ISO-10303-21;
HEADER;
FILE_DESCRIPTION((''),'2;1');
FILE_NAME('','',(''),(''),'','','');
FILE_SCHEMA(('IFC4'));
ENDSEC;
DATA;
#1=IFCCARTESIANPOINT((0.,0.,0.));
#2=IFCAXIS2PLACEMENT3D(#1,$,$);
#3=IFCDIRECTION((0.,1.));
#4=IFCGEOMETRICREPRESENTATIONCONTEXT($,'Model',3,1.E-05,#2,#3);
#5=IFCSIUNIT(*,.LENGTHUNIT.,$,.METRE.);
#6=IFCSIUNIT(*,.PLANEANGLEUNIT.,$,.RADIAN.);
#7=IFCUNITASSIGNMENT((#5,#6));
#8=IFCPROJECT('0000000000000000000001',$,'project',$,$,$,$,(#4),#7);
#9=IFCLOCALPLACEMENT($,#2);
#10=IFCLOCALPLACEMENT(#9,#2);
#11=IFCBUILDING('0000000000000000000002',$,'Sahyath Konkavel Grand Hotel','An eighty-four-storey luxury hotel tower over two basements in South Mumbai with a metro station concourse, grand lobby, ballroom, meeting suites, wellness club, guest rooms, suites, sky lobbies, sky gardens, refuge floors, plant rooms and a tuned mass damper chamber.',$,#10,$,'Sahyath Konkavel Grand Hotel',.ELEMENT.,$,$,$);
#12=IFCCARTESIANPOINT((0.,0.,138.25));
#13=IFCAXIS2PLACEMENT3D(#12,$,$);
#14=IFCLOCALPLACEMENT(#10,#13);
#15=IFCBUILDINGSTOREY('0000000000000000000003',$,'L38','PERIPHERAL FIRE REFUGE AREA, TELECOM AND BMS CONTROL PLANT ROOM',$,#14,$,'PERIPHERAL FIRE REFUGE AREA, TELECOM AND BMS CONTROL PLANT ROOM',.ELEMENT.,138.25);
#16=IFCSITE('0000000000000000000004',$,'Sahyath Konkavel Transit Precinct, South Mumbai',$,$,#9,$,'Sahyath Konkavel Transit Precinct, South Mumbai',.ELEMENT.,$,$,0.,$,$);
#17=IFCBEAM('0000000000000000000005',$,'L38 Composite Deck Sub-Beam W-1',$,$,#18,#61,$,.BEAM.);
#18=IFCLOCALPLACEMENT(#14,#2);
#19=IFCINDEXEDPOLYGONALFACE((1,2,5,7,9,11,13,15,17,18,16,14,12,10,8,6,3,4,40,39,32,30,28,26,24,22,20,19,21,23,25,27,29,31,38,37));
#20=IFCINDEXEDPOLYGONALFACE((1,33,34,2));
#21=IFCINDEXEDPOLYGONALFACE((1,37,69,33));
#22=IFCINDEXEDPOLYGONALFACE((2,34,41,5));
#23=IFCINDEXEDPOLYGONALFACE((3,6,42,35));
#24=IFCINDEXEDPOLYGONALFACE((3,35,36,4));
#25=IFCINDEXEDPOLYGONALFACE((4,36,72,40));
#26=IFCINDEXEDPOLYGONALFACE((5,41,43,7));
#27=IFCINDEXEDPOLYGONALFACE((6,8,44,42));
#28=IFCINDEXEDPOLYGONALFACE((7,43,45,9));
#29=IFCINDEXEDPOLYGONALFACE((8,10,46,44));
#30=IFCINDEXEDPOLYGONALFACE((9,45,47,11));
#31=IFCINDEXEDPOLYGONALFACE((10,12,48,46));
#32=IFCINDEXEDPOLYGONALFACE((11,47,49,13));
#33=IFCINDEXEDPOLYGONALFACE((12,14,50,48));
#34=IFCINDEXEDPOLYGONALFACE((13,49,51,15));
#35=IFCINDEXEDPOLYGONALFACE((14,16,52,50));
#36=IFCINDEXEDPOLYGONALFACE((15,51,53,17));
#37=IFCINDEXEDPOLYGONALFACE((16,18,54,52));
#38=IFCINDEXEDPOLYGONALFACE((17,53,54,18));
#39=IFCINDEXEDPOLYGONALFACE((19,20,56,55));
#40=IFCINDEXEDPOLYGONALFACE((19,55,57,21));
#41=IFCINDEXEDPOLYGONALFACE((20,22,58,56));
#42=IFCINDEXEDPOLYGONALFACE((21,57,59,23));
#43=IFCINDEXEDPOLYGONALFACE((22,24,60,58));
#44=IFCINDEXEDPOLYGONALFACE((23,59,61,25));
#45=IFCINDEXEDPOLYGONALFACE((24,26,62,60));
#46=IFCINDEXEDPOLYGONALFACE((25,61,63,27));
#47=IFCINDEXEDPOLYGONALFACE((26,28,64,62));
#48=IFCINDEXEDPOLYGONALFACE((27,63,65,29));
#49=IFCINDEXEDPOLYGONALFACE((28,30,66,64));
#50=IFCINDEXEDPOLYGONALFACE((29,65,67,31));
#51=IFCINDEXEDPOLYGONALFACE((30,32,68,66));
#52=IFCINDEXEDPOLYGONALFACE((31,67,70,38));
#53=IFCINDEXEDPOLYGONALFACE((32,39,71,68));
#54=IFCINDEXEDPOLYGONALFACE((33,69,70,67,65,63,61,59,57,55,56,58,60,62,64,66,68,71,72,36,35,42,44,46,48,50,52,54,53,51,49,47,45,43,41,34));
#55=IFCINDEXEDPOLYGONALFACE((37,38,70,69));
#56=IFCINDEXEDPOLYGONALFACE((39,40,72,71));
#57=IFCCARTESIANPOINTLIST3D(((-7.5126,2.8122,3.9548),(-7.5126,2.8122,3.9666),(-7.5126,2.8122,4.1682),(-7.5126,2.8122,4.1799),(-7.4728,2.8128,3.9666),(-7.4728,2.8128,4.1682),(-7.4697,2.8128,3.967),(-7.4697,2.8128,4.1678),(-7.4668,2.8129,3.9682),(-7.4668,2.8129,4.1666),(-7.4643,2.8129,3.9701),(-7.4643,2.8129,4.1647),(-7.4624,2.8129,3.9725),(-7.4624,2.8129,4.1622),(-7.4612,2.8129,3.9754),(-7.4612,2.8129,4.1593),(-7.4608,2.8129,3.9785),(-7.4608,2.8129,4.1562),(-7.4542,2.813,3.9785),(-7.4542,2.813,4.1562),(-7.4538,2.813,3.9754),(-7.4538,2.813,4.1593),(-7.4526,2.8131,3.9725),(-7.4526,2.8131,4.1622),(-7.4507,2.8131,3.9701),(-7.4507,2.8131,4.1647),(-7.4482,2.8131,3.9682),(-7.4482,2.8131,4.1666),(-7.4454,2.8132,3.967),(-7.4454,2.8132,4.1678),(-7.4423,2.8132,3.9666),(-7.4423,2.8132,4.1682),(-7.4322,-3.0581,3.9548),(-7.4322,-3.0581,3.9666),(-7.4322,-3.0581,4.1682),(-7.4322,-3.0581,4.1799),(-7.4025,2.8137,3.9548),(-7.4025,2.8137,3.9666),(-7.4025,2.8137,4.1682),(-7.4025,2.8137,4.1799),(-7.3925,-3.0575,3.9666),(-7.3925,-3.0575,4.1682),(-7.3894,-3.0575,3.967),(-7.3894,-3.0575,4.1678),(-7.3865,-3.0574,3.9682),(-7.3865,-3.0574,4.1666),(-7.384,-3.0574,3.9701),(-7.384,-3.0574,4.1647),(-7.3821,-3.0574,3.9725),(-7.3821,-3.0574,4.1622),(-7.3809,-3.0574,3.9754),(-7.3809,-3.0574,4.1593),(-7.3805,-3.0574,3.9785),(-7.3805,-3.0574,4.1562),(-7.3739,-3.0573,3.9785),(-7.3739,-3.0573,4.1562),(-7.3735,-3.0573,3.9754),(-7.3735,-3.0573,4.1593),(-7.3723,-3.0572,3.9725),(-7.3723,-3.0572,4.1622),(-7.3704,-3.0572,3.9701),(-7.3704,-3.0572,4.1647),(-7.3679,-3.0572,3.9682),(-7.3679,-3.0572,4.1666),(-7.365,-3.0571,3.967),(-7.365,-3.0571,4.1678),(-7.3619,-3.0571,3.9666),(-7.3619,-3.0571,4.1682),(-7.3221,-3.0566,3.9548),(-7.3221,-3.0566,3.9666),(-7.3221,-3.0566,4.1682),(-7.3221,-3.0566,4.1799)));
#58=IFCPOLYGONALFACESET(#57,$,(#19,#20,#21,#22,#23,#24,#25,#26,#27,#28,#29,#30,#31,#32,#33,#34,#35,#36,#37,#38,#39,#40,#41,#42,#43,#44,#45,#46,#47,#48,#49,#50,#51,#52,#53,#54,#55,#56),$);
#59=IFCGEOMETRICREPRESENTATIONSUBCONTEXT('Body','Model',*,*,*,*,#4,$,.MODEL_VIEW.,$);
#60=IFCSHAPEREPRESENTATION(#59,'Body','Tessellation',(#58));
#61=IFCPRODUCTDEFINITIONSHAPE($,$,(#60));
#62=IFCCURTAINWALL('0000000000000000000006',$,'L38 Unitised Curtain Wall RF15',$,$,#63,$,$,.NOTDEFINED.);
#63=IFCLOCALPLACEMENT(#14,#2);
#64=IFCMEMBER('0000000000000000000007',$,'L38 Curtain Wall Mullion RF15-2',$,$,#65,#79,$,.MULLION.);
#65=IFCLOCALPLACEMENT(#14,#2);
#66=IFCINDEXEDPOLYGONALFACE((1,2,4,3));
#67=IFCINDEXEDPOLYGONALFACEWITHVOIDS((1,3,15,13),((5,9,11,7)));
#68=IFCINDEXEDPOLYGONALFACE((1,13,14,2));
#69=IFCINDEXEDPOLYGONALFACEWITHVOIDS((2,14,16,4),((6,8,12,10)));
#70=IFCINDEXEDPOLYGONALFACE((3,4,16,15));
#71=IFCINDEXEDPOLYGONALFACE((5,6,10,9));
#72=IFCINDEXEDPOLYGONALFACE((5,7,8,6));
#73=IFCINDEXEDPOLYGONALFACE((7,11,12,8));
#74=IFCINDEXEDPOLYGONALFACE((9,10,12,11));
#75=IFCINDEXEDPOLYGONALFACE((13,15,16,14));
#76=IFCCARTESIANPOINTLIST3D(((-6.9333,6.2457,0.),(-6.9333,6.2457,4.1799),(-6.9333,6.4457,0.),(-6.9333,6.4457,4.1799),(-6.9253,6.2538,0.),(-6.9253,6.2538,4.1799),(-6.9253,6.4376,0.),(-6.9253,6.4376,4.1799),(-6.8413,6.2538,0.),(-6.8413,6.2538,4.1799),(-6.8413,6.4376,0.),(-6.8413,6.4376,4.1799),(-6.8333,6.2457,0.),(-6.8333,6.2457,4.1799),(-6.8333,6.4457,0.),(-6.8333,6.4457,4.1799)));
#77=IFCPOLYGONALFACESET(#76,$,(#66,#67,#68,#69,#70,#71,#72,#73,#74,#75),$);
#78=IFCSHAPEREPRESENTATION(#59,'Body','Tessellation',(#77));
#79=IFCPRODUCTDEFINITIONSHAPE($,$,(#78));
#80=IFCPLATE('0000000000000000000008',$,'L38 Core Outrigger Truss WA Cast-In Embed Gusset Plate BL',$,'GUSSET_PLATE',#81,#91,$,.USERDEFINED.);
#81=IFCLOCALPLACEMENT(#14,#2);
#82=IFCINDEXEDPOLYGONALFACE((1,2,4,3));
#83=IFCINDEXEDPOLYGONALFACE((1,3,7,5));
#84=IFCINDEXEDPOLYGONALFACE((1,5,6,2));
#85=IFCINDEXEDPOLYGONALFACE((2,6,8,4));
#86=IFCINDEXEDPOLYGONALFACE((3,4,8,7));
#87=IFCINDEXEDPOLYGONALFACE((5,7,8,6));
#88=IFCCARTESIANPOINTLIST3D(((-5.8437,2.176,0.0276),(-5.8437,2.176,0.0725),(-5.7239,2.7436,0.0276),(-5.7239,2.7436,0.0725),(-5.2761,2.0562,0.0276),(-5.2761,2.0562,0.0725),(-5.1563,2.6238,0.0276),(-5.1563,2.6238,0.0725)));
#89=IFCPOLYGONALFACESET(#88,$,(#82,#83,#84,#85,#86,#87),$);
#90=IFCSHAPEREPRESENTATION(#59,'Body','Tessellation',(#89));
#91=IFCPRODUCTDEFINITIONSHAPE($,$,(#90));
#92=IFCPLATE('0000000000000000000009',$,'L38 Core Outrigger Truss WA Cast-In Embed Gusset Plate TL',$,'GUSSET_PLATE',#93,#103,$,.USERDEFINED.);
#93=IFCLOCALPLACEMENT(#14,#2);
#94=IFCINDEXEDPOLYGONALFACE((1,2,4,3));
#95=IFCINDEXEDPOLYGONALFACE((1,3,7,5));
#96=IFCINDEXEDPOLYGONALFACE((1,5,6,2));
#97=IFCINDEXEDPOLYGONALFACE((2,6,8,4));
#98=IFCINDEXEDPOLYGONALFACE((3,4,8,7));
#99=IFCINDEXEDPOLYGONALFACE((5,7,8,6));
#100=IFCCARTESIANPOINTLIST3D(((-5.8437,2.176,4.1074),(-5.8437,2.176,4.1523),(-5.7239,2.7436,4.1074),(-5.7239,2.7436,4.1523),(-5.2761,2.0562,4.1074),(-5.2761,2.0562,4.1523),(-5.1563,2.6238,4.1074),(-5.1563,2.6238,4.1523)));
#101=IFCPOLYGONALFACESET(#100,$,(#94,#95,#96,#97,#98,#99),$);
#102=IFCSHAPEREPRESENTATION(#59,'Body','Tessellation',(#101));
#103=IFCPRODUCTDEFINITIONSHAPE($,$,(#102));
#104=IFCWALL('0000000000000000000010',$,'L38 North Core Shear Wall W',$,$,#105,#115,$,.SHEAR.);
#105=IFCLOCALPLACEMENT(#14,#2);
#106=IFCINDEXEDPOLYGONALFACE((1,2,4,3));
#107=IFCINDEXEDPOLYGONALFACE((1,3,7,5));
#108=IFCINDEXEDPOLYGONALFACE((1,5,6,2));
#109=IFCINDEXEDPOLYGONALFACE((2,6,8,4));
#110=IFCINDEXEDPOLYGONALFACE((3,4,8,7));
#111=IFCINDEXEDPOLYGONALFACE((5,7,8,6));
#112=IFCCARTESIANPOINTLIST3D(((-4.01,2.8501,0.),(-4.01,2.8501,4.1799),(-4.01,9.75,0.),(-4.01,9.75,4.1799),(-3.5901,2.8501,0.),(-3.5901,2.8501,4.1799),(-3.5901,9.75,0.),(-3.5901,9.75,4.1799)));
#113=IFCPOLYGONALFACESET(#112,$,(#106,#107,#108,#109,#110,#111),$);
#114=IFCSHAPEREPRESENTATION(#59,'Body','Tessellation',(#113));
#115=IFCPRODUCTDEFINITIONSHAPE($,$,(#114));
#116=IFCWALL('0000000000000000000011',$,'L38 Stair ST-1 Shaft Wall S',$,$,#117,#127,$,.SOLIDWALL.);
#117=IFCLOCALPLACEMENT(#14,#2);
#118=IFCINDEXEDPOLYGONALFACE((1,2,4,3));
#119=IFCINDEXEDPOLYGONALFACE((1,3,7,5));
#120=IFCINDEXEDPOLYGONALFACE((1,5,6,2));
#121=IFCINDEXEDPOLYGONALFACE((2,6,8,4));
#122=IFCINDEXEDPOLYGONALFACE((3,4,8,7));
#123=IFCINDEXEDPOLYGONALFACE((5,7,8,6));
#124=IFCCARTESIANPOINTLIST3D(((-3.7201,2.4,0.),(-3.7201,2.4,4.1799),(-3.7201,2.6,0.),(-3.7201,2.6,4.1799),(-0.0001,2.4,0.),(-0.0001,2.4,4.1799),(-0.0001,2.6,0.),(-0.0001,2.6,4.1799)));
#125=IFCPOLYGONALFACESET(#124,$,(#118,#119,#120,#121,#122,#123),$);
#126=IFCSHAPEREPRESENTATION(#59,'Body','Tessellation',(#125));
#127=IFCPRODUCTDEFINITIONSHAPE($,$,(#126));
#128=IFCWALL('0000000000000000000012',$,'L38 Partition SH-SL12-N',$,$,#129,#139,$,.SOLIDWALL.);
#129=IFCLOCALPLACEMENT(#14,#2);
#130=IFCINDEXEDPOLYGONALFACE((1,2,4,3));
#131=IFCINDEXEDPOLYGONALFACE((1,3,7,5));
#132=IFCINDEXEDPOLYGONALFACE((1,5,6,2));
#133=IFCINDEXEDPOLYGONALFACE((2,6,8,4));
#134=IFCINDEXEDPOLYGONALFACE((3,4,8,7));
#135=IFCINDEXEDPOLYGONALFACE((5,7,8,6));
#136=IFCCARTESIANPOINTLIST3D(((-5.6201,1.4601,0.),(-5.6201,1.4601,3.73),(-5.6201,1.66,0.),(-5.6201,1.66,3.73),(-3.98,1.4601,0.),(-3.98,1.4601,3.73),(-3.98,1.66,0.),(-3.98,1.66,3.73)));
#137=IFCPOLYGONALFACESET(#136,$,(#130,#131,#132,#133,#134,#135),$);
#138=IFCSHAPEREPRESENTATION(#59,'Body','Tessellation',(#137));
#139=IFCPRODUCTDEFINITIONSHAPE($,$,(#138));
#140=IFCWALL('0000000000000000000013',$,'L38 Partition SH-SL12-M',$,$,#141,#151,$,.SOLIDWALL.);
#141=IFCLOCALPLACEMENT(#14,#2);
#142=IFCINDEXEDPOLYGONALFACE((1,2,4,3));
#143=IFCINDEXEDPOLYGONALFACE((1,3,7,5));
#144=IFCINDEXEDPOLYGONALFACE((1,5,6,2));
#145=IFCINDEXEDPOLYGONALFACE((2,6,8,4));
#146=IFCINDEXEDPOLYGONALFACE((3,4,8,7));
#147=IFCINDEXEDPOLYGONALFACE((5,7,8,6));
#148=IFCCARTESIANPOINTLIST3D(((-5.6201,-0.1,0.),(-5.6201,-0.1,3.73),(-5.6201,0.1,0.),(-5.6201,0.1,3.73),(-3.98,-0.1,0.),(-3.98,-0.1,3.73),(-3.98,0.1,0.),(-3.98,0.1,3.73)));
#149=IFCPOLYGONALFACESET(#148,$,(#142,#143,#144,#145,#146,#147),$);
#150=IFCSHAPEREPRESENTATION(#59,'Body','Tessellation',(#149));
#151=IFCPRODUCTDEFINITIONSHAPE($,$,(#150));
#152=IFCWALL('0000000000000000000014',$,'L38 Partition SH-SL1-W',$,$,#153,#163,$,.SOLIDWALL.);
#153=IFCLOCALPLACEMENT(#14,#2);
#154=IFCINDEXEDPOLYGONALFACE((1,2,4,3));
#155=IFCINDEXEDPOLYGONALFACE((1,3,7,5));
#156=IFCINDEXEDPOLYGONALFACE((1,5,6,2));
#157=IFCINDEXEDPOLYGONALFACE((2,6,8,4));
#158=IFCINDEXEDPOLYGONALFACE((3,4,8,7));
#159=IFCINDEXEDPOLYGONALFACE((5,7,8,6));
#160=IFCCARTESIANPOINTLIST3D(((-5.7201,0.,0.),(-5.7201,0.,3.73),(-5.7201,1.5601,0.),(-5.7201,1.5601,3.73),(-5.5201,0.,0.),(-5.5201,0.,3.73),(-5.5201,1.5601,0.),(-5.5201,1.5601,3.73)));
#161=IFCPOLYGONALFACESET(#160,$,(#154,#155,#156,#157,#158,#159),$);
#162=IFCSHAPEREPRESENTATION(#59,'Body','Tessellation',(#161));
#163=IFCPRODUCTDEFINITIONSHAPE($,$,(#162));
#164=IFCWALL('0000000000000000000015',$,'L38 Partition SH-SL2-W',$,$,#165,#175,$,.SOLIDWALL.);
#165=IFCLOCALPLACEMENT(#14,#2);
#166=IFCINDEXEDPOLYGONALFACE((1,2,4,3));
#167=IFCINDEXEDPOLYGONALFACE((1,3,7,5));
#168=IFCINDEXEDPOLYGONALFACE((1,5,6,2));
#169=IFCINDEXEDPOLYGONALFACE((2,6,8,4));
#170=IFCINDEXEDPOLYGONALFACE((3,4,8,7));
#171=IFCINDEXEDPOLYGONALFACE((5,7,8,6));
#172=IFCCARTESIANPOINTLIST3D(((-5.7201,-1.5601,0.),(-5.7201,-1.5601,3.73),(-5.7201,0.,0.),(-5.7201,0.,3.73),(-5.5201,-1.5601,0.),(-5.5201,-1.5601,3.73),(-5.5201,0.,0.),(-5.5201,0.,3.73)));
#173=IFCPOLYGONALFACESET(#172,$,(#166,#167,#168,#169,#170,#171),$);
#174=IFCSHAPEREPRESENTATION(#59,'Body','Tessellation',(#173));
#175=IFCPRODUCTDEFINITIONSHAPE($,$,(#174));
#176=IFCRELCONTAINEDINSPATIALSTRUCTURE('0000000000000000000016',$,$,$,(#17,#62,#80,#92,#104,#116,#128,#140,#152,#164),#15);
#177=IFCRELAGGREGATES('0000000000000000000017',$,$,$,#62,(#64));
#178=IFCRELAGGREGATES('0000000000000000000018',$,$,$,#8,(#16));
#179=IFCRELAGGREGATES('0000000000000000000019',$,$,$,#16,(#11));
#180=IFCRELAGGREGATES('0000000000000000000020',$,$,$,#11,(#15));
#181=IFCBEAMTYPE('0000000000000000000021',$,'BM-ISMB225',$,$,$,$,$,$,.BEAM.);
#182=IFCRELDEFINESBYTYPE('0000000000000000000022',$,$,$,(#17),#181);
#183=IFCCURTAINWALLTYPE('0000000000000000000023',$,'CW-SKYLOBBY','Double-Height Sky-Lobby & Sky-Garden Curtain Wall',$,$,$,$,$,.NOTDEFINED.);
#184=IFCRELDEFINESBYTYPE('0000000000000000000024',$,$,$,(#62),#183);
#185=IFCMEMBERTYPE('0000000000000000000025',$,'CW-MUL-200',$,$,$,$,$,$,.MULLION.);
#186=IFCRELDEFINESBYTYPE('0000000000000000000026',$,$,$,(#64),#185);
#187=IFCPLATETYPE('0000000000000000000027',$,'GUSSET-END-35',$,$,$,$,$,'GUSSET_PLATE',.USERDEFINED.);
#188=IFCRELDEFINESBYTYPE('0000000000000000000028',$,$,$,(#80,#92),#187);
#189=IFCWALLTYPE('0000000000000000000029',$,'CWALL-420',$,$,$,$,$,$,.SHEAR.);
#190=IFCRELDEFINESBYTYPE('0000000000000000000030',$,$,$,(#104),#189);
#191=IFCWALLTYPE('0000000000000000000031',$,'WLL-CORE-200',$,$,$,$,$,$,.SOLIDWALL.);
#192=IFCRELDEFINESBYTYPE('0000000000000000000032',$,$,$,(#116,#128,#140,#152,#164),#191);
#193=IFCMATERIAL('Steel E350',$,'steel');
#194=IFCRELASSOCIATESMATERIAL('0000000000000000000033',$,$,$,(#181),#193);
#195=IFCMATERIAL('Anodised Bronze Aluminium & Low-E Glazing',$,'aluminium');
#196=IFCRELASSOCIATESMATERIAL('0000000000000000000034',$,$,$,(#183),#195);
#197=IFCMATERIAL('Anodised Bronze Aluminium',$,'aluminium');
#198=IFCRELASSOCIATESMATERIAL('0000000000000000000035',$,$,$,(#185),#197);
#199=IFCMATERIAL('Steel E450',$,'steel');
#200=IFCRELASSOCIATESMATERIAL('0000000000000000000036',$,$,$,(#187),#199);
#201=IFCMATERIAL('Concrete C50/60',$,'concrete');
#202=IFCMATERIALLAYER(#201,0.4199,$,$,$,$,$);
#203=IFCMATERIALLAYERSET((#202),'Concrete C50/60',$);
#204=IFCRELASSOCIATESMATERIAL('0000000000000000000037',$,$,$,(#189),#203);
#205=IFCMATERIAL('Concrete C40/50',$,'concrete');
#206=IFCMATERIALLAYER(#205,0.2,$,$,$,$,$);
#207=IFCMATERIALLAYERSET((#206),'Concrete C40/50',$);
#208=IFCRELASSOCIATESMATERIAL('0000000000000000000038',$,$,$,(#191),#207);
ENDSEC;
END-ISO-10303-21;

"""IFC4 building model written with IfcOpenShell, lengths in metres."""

from ifc_helpers import new_model, si_unit, direction, frame, frame_2d, origin, origin_2d, place, context, subcontext, project, spatial, rectangle, hollow_rectangle, i_section, extrude, source, transform, mapped, material, layer, layer_set, material_profile, profile_set, type_object, element, aggregate, save


model = new_model("IFC4")

# Units and contexts
model_context = context("Model", 3, precision=1e-05, world=origin(), true_north=direction((0.0, 1.0)))
body_context = subcontext(model_context, "Body", "Model", "MODEL_VIEW")
ifc_project = project(units=[si_unit("LENGTHUNIT", "METRE"), si_unit("PLANEANGLEUNIT", "RADIAN")], contexts=[model_context])

# Site, building, storey
site_placement = place(None, origin())
site = spatial("IfcSite", under=ifc_project, at=site_placement, Name="Sahyath Konkavel Transit Precinct, South Mumbai", LongName="Sahyath Konkavel Transit Precinct, South Mumbai", CompositionType="ELEMENT", RefElevation=0.0)
building_placement = place(site_placement, origin())
building = spatial("IfcBuilding", under=site, at=building_placement, Name="Sahyath Konkavel Grand Hotel", Description="An eighty-four-storey luxury hotel tower over two basements in South Mumbai with a metro station concourse, grand lobby, ballroom, meeting suites, wellness club, guest rooms, suites, sky lobbies, sky gardens, refuge floors, plant rooms and a tuned mass damper chamber.", LongName="Sahyath Konkavel Grand Hotel", CompositionType="ELEMENT")
storey_placement = place(building_placement, frame((0.0, 0.0, 138.25)))
storey = spatial("IfcBuildingStorey", under=building, at=storey_placement, Name="L38", Description="PERIPHERAL FIRE REFUGE AREA, TELECOM AND BMS CONTROL PLANT ROOM", LongName="PERIPHERAL FIRE REFUGE AREA, TELECOM AND BMS CONTROL PLANT ROOM", CompositionType="ELEMENT", Elevation=138.25)

# Shared definitions
ifc_material_1 = material(Name="Concrete C50/60", Category="concrete")

# Shared definitions
ifc_material_2 = material(Name="Steel E350", Category="steel")
ifc_material_3 = material(Name="Steel E450", Category="steel")

# Beam
ifc_material_profile_1 = material_profile(ifc_material_2, i_section(OverallWidth=0.1101, OverallDepth=0.2251, WebThickness=0.0066, FlangeThickness=0.0117, FilletRadius=0.012, at=origin_2d()), Name="ISMB 225")
ifc_profile_set_1 = profile_set([ifc_material_profile_1], Name="Steel E350")
beam_type_1 = type_object("IfcBeamType", Name="BM-ISMB225", PredefinedType="BEAM", material=ifc_profile_set_1)
shared_shape_1 = source(origin(), body_context, "Body", "SweptSolid", [
    extrude(i_section(OverallWidth=0.1101, OverallDepth=0.2251, WebThickness=0.0066, FlangeThickness=0.0117, FilletRadius=0.012, at=origin_2d()), origin(), (0.0, 0.0, 1.0), 5.8708),
])
beam_1_placement = place(storey_placement, frame((-7.4575, 2.813, 4.0674), z_axis=(0.013681, -0.999906, 0.0), x_axis=(0.999906, 0.013681, 0.0)))
element("IfcBeam", 1, at=beam_1_placement, inside=storey, type_object=beam_type_1, Name="L38 Composite Deck Sub-Beam W-1", PredefinedType="BEAM", context=body_context, shape_type="MappedRepresentation", body=[
    mapped(shared_shape_1, transform((0.0, 0.0, 0.0), scale=1.0)),
])

# Curtain wall, member
ifc_material_4 = material(Name="Anodised Bronze Aluminium & Low-E Glazing", Category="aluminium")
curtain_wall_type = type_object("IfcCurtainWallType", Name="CW-SKYLOBBY", Description="Double-Height Sky-Lobby & Sky-Garden Curtain Wall", PredefinedType="NOTDEFINED", material=ifc_material_4)
curtain_wall_placement = place(storey_placement, origin())
curtain_wall = element("IfcCurtainWall", 2, at=curtain_wall_placement, inside=storey, type_object=curtain_wall_type, Name="L38 Unitised Curtain Wall RF15", PredefinedType="NOTDEFINED")
ifc_material_5 = material(Name="Anodised Bronze Aluminium", Category="aluminium")
ifc_material_profile_2 = material_profile(ifc_material_5, hollow_rectangle(XDim=0.1001, YDim=0.2, WallThickness=0.0081, at=origin_2d()), Name="RHS 200x100x8")
ifc_profile_set_2 = profile_set([ifc_material_profile_2], Name="Anodised Bronze Aluminium")
member_type_1 = type_object("IfcMemberType", Name="CW-MUL-200", PredefinedType="MULLION", material=ifc_profile_set_2)
shared_shape_2 = source(origin(), body_context, "Body", "SweptSolid", [
    extrude(hollow_rectangle(XDim=0.1001, YDim=0.2, WallThickness=0.0081, at=origin_2d()), origin(), (0.0, 0.0, 1.0), 4.1799),
])
member_1_placement = place(storey_placement, frame((-6.8833, 6.3457, 0.0), z_axis=(0.0, 0.0, 1.0), x_axis=(1.0, 0.0, 0.0)))
member_1 = element("IfcMember", 3, at=member_1_placement, type_object=member_type_1, Name="L38 Curtain Wall Mullion RF15-2", PredefinedType="MULLION", context=body_context, shape_type="MappedRepresentation", body=[
    mapped(shared_shape_2, transform((0.0, 0.0, 0.0), scale=1.0)),
])
aggregate(curtain_wall, [member_1])

# Plates
plate_type = type_object("IfcPlateType", Name="GUSSET-END-35", ElementType="GUSSET_PLATE", PredefinedType="USERDEFINED", material=ifc_material_3)
shared_shape_3 = source(origin(), body_context, "Body", "SweptSolid", [
    extrude(rectangle(XDim=0.5801, YDim=0.5801, at=origin_2d()), origin(), (0.0, 0.0, 1.0), 0.0449),
])
for number, where, z_axis, x_axis, name in (
    (4, (-5.5, 2.3999, 0.0276), (0.0, 0.0, 1.0), (-0.978459, 0.206443, 0.0), "L38 Core Outrigger Truss WA Cast-In Embed Gusset Plate BL"),
    (5, (-5.5, 2.3999, 4.1074), (0.0, 0.0, 1.0), (-0.978459, 0.206443, 0.0), "L38 Core Outrigger Truss WA Cast-In Embed Gusset Plate TL"),
):
    element("IfcPlate", number, at=place(storey_placement, frame(where, z_axis=z_axis, x_axis=x_axis)), inside=storey, type_object=plate_type, Name=name, ObjectType="GUSSET_PLATE", PredefinedType="USERDEFINED", context=body_context, shape_type="MappedRepresentation", body=[
        mapped(shared_shape_3, transform((0.0, 0.0, 0.0), scale=1.0)),
    ])

# Walls
ifc_layer_1 = layer(ifc_material_1, 0.4199)
ifc_layer_set_1 = layer_set([ifc_layer_1], Name="Concrete C50/60")
wall_type_1 = type_object("IfcWallType", Name="CWALL-420", PredefinedType="SHEAR", material=ifc_layer_set_1)
wall_1_placement = place(storey_placement, frame((-3.8, 2.8501, 0.0), z_axis=(0.0, 0.0, 1.0), x_axis=(0.0, 1.0, 0.0)))
element("IfcWall", 6, at=wall_1_placement, inside=storey, type_object=wall_type_1, Name="L38 North Core Shear Wall W", PredefinedType="SHEAR", context=body_context, shape_type="SweptSolid", body=[
    extrude(rectangle(XDim=6.8999, YDim=0.4199, at=frame_2d((3.45, 0.0))), origin(), (0.0, 0.0, 1.0), 4.1799),
])
ifc_material_6 = material(Name="Concrete C40/50", Category="concrete")
ifc_layer_2 = layer(ifc_material_6, 0.2)
ifc_layer_set_2 = layer_set([ifc_layer_2], Name="Concrete C40/50")
wall_type_2 = type_object("IfcWallType", Name="WLL-CORE-200", PredefinedType="SOLIDWALL", material=ifc_layer_set_2)
wall_2_placement = place(storey_placement, frame((-3.72, 2.5, 0.0), z_axis=(0.0, 0.0, 1.0), x_axis=(1.0, 0.0, 0.0)))
element("IfcWall", 7, at=wall_2_placement, inside=storey, type_object=wall_type_2, Name="L38 Stair ST-1 Shaft Wall S", PredefinedType="SOLIDWALL", context=body_context, shape_type="SweptSolid", body=[
    extrude(rectangle(XDim=3.72, YDim=0.2, at=frame_2d((1.8599, 0.0))), origin(), (0.0, 0.0, 1.0), 4.1799),
])
for number, where, z_axis, x_axis, name in (
    (8, (-5.6201, 1.5601, 0.0), (0.0, 0.0, 1.0), (1.0, 0.0, 0.0), "L38 Partition SH-SL12-N"),
    (9, (-5.6201, 0.0, 0.0), (0.0, 0.0, 1.0), (1.0, 0.0, 0.0), "L38 Partition SH-SL12-M"),
):
    element("IfcWall", number, at=place(storey_placement, frame(where, z_axis=z_axis, x_axis=x_axis)), inside=storey, type_object=wall_type_2, Name=name, PredefinedType="SOLIDWALL", context=body_context, shape_type="SweptSolid", body=[
        extrude(rectangle(XDim=1.6401, YDim=0.2, at=frame_2d((0.8201, 0.0))), origin(), (0.0, 0.0, 1.0), 3.73),
    ])
for number, where, z_axis, x_axis, name in (
    (10, (-5.6201, 0.0, 0.0), (0.0, 0.0, 1.0), (0.0, 1.0, 0.0), "L38 Partition SH-SL1-W"),
    (11, (-5.6201, -1.5601, 0.0), (0.0, 0.0, 1.0), (0.0, 1.0, 0.0), "L38 Partition SH-SL2-W"),
):
    element("IfcWall", number, at=place(storey_placement, frame(where, z_axis=z_axis, x_axis=x_axis)), inside=storey, type_object=wall_type_2, Name=name, PredefinedType="SOLIDWALL", context=body_context, shape_type="SweptSolid", body=[
        extrude(rectangle(XDim=1.5601, YDim=0.2, at=frame_2d((0.78, 0.0))), origin(), (0.0, 0.0, 1.0), 3.73),
    ])

save(model, "model.ifc")
